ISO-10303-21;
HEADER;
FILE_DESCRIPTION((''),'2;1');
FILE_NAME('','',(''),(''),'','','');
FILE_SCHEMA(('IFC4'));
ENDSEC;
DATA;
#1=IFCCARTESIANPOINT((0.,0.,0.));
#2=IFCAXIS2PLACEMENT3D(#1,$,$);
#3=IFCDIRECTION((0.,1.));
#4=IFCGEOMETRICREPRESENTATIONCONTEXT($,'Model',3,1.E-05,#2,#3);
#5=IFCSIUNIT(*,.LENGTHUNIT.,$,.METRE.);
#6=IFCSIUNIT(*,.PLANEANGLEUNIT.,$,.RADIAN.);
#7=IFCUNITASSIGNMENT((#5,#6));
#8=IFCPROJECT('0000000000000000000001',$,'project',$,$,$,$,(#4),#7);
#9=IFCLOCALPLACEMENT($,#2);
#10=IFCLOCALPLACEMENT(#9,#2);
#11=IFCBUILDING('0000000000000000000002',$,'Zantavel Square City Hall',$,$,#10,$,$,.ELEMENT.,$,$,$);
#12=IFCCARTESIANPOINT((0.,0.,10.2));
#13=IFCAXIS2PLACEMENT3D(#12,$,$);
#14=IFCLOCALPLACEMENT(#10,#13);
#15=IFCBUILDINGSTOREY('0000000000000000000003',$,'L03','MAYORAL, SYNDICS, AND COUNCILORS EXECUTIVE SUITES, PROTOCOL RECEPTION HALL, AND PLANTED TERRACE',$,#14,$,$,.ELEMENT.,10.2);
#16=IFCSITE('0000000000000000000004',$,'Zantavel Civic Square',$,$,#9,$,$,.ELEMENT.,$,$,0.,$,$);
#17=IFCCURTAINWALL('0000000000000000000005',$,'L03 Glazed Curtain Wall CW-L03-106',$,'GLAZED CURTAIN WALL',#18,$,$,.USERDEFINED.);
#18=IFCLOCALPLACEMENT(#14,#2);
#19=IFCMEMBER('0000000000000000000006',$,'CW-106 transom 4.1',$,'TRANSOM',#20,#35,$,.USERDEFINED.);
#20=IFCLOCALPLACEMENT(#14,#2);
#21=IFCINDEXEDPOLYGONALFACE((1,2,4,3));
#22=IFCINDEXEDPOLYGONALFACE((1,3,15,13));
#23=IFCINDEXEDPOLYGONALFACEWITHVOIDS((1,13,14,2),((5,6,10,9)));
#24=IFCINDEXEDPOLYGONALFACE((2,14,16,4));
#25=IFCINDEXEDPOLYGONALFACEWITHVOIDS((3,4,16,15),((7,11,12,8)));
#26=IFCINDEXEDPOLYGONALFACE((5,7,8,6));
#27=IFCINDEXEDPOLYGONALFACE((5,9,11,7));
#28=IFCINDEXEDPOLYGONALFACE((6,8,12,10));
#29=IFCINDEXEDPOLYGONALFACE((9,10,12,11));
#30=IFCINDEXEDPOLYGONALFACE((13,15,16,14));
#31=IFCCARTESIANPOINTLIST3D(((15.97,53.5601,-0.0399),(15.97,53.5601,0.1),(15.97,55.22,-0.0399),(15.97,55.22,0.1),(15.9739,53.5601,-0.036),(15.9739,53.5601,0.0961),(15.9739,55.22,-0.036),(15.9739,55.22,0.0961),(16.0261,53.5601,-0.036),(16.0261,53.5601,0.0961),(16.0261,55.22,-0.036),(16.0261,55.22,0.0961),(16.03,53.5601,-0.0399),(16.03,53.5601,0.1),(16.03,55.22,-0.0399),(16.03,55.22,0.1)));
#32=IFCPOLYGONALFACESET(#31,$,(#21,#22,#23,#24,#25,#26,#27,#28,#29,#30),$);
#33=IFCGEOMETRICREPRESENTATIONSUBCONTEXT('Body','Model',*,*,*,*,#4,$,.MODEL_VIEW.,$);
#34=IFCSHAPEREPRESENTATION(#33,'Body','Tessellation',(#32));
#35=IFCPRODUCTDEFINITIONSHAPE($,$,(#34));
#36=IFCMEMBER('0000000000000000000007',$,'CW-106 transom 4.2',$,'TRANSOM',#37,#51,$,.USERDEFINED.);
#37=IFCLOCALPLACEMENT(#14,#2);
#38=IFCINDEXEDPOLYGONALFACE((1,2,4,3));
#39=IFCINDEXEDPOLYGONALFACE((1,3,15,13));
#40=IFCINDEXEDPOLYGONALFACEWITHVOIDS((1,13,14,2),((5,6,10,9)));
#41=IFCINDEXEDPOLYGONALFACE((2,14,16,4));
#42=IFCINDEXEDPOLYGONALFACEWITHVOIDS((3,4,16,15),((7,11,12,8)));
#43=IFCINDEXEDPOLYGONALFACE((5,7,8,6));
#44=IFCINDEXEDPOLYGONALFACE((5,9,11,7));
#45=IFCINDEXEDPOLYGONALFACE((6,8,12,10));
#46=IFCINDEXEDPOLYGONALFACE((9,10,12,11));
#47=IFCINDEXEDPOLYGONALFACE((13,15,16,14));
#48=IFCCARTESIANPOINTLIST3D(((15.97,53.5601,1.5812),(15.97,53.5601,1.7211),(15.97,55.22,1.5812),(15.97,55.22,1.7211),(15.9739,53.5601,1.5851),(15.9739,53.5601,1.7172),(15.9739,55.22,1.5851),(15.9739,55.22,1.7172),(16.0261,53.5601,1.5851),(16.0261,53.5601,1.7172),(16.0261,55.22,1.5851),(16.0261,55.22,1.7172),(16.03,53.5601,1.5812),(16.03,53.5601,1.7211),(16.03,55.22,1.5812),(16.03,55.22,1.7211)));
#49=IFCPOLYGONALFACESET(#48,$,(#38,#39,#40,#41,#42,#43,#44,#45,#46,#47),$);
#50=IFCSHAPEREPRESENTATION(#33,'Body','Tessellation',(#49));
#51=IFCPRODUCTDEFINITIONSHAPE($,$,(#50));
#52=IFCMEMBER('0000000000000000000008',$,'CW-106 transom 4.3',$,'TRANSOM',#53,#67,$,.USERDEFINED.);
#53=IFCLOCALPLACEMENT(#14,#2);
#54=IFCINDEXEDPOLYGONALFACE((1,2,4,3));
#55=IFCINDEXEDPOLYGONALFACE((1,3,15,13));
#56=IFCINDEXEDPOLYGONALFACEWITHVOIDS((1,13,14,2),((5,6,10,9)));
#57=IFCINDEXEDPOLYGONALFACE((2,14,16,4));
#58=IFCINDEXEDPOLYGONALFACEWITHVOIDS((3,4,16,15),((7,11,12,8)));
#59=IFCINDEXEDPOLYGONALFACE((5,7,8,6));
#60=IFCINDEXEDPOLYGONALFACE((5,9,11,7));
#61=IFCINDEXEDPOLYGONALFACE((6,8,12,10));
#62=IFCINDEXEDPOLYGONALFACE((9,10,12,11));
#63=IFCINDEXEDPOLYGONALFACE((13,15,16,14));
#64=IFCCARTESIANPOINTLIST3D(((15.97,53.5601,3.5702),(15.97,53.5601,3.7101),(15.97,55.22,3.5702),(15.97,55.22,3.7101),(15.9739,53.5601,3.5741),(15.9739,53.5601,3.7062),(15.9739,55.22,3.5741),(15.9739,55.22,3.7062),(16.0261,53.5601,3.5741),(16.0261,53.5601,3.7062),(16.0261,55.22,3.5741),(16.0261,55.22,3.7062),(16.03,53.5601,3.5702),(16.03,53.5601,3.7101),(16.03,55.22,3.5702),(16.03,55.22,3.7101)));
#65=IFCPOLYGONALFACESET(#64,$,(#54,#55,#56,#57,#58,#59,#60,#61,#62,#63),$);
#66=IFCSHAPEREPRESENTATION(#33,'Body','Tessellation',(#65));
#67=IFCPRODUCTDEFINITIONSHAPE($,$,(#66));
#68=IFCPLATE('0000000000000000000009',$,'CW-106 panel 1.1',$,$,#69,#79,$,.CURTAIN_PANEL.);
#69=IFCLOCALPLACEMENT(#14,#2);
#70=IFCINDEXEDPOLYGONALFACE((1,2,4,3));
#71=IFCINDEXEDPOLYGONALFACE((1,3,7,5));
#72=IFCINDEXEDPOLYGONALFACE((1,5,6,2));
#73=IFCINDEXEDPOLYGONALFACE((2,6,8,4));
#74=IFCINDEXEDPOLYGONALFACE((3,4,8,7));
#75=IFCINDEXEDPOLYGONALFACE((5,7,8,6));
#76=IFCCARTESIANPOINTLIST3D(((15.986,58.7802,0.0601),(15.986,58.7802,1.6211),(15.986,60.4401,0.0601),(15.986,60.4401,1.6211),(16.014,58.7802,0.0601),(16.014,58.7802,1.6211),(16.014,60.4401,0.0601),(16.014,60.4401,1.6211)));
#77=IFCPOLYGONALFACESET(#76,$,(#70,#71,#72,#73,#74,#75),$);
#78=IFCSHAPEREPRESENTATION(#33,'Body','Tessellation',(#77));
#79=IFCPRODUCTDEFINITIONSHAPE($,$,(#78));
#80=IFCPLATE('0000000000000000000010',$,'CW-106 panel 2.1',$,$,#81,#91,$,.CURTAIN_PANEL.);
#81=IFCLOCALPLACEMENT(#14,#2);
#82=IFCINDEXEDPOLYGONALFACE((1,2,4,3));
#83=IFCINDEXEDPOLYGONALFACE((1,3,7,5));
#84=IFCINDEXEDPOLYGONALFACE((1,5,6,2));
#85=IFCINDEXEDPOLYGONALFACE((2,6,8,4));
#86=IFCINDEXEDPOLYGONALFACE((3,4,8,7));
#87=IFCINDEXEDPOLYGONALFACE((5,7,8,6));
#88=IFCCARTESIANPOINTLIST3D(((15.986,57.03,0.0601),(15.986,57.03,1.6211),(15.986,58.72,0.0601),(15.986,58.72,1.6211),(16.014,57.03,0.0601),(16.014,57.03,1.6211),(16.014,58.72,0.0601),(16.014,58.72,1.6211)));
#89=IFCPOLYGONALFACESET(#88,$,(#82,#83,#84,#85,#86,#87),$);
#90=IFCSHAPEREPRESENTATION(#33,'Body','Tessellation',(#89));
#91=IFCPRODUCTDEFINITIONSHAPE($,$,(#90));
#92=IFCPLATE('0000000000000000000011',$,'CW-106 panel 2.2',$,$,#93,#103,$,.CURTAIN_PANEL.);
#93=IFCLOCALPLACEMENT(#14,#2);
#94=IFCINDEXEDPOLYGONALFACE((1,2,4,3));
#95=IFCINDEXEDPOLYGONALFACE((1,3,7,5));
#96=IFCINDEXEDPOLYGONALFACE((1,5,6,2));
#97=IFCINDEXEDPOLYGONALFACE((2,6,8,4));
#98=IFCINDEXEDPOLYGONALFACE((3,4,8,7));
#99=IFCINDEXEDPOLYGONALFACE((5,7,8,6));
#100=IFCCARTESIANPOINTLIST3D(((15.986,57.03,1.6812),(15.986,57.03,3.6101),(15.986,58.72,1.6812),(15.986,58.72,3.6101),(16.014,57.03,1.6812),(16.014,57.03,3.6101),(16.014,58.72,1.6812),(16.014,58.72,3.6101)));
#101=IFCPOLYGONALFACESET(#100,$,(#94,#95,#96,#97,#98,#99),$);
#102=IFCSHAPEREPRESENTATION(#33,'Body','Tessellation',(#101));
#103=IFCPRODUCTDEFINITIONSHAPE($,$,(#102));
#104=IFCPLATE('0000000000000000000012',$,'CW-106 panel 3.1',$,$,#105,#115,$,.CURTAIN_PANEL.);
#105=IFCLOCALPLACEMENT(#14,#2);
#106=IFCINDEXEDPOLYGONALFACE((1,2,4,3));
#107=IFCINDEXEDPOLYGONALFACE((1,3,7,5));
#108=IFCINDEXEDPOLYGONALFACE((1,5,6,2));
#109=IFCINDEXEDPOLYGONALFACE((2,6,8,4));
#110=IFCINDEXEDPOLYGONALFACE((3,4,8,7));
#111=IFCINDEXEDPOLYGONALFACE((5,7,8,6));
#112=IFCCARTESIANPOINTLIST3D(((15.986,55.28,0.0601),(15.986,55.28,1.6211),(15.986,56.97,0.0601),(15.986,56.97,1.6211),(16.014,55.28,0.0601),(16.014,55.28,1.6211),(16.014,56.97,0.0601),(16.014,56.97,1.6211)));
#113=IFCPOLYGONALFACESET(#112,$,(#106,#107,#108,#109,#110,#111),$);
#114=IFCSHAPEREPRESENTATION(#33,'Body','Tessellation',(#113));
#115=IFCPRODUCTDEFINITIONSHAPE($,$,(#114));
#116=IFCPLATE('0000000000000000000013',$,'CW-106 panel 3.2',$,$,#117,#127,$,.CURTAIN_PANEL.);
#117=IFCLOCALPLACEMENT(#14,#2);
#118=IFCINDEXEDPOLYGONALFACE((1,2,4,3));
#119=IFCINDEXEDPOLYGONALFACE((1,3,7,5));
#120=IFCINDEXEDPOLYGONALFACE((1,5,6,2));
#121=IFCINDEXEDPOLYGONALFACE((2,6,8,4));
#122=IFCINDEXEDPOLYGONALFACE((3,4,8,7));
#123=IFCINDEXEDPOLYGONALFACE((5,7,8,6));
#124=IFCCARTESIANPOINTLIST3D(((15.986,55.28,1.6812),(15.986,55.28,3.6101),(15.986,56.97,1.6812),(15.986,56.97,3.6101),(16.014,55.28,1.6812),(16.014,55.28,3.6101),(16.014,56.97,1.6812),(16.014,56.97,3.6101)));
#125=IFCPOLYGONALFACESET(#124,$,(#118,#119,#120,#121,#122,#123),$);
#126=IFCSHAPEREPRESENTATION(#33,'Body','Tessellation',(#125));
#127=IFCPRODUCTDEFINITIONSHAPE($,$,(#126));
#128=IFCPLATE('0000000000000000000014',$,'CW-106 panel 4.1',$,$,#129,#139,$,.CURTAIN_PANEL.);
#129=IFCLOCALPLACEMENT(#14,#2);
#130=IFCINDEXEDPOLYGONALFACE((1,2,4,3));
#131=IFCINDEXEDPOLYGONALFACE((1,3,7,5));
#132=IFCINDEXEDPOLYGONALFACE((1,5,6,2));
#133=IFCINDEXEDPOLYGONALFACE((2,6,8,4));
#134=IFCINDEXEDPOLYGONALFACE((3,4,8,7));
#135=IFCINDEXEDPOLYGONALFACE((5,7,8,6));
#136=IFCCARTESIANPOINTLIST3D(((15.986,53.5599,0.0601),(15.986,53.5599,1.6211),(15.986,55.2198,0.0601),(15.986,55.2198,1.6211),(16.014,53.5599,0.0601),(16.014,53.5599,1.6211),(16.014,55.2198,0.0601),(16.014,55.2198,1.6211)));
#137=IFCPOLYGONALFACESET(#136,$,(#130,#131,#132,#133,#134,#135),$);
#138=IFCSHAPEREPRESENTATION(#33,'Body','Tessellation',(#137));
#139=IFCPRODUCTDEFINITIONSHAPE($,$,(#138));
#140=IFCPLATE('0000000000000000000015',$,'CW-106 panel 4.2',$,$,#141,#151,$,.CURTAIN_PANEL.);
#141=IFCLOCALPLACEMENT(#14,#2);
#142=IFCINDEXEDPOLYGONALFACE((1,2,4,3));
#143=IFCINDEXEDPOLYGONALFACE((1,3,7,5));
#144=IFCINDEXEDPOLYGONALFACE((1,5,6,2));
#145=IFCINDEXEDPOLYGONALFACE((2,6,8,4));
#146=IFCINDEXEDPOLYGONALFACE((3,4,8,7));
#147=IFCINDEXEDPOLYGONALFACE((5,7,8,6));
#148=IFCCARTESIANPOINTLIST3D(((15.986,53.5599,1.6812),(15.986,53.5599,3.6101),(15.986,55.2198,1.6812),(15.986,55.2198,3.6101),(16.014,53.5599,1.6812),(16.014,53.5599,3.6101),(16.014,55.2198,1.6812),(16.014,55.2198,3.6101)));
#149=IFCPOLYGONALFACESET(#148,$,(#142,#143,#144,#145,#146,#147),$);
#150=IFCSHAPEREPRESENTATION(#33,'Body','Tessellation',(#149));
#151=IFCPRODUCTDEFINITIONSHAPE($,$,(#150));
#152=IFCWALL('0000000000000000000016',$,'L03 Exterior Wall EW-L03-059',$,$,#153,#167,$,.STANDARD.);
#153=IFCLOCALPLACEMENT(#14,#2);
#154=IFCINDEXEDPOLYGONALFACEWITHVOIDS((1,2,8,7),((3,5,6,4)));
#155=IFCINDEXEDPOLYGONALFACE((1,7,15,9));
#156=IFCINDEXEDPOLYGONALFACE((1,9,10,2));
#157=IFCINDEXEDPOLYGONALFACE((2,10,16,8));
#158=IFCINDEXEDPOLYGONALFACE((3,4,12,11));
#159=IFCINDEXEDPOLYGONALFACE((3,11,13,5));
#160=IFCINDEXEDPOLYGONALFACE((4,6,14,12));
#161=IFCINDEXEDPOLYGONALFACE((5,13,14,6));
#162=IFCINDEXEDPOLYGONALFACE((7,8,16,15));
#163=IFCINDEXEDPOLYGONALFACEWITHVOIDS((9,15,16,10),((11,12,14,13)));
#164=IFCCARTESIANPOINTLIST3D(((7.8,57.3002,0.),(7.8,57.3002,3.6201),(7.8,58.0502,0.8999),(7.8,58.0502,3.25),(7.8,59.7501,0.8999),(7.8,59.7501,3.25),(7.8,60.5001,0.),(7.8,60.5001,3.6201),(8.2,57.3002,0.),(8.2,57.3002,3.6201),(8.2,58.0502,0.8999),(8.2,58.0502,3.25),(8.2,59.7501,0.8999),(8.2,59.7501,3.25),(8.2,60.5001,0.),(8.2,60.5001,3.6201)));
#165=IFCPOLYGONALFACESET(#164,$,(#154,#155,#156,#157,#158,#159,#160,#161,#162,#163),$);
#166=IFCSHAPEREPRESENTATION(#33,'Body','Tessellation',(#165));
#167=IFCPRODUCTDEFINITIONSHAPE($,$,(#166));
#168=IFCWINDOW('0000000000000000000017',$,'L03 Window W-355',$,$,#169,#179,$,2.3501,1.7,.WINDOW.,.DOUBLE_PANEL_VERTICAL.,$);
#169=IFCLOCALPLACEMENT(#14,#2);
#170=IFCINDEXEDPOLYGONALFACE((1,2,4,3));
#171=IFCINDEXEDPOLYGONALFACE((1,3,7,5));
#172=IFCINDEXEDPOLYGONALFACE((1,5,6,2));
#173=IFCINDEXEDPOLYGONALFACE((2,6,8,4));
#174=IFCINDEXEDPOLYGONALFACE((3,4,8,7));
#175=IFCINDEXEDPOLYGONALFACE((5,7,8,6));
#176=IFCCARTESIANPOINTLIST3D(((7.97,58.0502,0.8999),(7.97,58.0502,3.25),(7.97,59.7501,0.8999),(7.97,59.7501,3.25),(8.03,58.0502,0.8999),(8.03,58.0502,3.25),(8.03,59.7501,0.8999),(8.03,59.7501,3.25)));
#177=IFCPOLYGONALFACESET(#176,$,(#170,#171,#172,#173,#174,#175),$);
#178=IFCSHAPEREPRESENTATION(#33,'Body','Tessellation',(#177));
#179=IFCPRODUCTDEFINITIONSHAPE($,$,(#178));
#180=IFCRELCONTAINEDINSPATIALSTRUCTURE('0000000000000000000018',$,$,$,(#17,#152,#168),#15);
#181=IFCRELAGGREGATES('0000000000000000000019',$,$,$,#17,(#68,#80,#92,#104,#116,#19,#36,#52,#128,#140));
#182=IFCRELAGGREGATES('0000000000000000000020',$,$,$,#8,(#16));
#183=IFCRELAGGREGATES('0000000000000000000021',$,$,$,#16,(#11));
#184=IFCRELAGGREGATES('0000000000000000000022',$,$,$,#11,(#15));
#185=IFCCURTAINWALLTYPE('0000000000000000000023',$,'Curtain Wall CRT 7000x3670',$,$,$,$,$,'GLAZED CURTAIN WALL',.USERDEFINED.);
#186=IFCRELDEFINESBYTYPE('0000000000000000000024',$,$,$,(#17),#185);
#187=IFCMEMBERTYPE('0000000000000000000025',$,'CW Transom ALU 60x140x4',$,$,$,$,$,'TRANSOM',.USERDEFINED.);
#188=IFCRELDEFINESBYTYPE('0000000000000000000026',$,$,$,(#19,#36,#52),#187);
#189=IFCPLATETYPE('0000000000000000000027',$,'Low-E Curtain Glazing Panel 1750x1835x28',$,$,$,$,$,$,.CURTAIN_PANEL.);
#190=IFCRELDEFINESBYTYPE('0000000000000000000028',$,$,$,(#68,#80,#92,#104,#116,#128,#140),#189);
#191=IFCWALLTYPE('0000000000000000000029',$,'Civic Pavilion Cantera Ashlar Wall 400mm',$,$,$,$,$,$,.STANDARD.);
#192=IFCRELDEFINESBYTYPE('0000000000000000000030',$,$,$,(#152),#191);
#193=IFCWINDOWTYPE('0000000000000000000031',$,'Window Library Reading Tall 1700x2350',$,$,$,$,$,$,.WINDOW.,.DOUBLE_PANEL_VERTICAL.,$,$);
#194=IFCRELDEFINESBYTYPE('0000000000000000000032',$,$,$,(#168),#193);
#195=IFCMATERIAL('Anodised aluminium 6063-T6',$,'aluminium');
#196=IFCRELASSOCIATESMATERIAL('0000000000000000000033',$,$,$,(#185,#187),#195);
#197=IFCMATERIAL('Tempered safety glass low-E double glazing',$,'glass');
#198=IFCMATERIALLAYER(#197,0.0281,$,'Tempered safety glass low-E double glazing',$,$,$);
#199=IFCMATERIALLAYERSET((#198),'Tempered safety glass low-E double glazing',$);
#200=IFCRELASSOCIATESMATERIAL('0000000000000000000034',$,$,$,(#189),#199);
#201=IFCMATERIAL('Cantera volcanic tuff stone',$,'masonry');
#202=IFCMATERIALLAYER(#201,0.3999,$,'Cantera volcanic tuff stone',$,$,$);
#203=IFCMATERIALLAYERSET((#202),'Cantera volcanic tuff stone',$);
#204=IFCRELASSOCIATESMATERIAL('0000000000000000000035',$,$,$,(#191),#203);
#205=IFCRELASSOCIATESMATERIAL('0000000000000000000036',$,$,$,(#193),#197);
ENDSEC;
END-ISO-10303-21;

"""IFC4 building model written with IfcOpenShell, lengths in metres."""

from ifc_helpers import new_model, si_unit, direction, frame, frame_2d, origin, origin_2d, place, context, subcontext, project, spatial, rectangle, hollow_rectangle, extrude, material, layer, layer_set, material_profile, profile_set, type_object, element, fill, aggregate, save


model = new_model("IFC4")

# Units and contexts
model_context = context("Model", 3, precision=1e-05, world=origin(), true_north=direction((0.0, 1.0)))
body_context = subcontext(model_context, "Body", "Model", "MODEL_VIEW")
ifc_project = project(units=[si_unit("LENGTHUNIT", "METRE"), si_unit("PLANEANGLEUNIT", "RADIAN")], contexts=[model_context])

# Site, building, storey
site_placement = place(None, origin())
site = spatial("IfcSite", under=ifc_project, at=site_placement, Name="Zantavel Civic Square", CompositionType="ELEMENT", RefElevation=0.0)
building_placement = place(site_placement, origin())
building = spatial("IfcBuilding", under=site, at=building_placement, Name="Zantavel Square City Hall", CompositionType="ELEMENT")
storey_placement = place(building_placement, frame((0.0, 0.0, 10.2)))
storey = spatial("IfcBuildingStorey", under=building, at=storey_placement, Name="L03", Description="MAYORAL, SYNDICS, AND COUNCILORS EXECUTIVE SUITES, PROTOCOL RECEPTION HALL, AND PLANTED TERRACE", CompositionType="ELEMENT", Elevation=10.2)

# Curtain wall, members, plates
ifc_material_1 = material(Name="Anodised aluminium 6063-T6", Category="aluminium")
curtain_wall_type = type_object("IfcCurtainWallType", Name="Curtain Wall CRT 7000x3670", ElementType="GLAZED CURTAIN WALL", PredefinedType="USERDEFINED", material=ifc_material_1)
curtain_wall_placement = place(storey_placement, origin())
curtain_wall = element("IfcCurtainWall", 1, at=curtain_wall_placement, inside=storey, type_object=curtain_wall_type, Name="L03 Glazed Curtain Wall CW-L03-106", ObjectType="GLAZED CURTAIN WALL", PredefinedType="USERDEFINED")
ifc_material_profile_1 = material_profile(ifc_material_1, hollow_rectangle(XDim=0.0601, YDim=0.1399, WallThickness=0.0039, at=origin_2d()), Name="ALU 60x140x4")
ifc_profile_set_1 = profile_set([ifc_material_profile_1], Name="Anodised aluminium 6063-T6")
member_type_1 = type_object("IfcMemberType", Name="CW Transom ALU 60x140x4", ElementType="TRANSOM", PredefinedType="USERDEFINED", material=ifc_profile_set_1)
member_1_placement = place(storey_placement, frame((16.0, 55.22, 0.03), z_axis=(0.0, -1.0, 0.0), x_axis=(1.0, 0.0, 0.0)))
member_1 = element("IfcMember", 2, at=member_1_placement, type_object=member_type_1, Name="CW-106 transom 4.1", ObjectType="TRANSOM", PredefinedType="USERDEFINED", context=body_context, shape_type="SweptSolid", body=[
    extrude(hollow_rectangle(XDim=0.0601, YDim=0.1399, WallThickness=0.0039, at=origin_2d()), origin(), (0.0, 0.0, 1.0), 1.6599),
])
member_2_placement = place(storey_placement, frame((16.0, 55.22, 1.6511), z_axis=(0.0, -1.0, 0.0), x_axis=(1.0, 0.0, 0.0)))
member_2 = element("IfcMember", 3, at=member_2_placement, type_object=member_type_1, Name="CW-106 transom 4.2", ObjectType="TRANSOM", PredefinedType="USERDEFINED", context=body_context, shape_type="SweptSolid", body=[
    extrude(hollow_rectangle(XDim=0.0601, YDim=0.1399, WallThickness=0.0039, at=origin_2d()), origin(), (0.0, 0.0, 1.0), 1.6599),
])
member_3_placement = place(storey_placement, frame((16.0, 55.22, 3.6401), z_axis=(0.0, -1.0, 0.0), x_axis=(1.0, 0.0, 0.0)))
member_3 = element("IfcMember", 4, at=member_3_placement, type_object=member_type_1, Name="CW-106 transom 4.3", ObjectType="TRANSOM", PredefinedType="USERDEFINED", context=body_context, shape_type="SweptSolid", body=[
    extrude(hollow_rectangle(XDim=0.0601, YDim=0.1399, WallThickness=0.0039, at=origin_2d()), origin(), (0.0, 0.0, 1.0), 1.6599),
])
ifc_material_2 = material(Name="Tempered safety glass low-E double glazing", Category="glass")
ifc_layer_1 = layer(ifc_material_2, 0.0281, Name="Tempered safety glass low-E double glazing")
ifc_layer_set_1 = layer_set([ifc_layer_1], Name="Tempered safety glass low-E double glazing")
plate_type = type_object("IfcPlateType", Name="Low-E Curtain Glazing Panel 1750x1835x28", PredefinedType="CURTAIN_PANEL", material=ifc_layer_set_1)
plate_1_placement = place(storey_placement, frame((16.0, 59.6101, 0.0601), z_axis=(0.0, 0.0, 1.0), x_axis=(0.0, -1.0, 0.0)))
plate_1 = element("IfcPlate", 5, at=plate_1_placement, type_object=plate_type, Name="CW-106 panel 1.1", PredefinedType="CURTAIN_PANEL", context=body_context, shape_type="SweptSolid", body=[
    extrude(rectangle(XDim=1.6599, YDim=0.0281, at=origin_2d()), origin(), (0.0, 0.0, 1.0), 1.561),
])
plate_2_placement = place(storey_placement, frame((16.0, 57.875, 0.0601), z_axis=(0.0, 0.0, 1.0), x_axis=(0.0, -1.0, 0.0)))
plate_2 = element("IfcPlate", 6, at=plate_2_placement, type_object=plate_type, Name="CW-106 panel 2.1", PredefinedType="CURTAIN_PANEL", context=body_context, shape_type="SweptSolid", body=[
    extrude(rectangle(XDim=1.6899, YDim=0.0281, at=origin_2d()), origin(), (0.0, 0.0, 1.0), 1.561),
])
plate_3_placement = place(storey_placement, frame((16.0, 57.875, 1.6812), z_axis=(0.0, 0.0, 1.0), x_axis=(0.0, -1.0, 0.0)))
plate_3 = element("IfcPlate", 7, at=plate_3_placement, type_object=plate_type, Name="CW-106 panel 2.2", PredefinedType="CURTAIN_PANEL", context=body_context, shape_type="SweptSolid", body=[
    extrude(rectangle(XDim=1.6899, YDim=0.0281, at=origin_2d()), origin(), (0.0, 0.0, 1.0), 1.929),
])
plate_4_placement = place(storey_placement, frame((16.0, 56.125, 0.0601), z_axis=(0.0, 0.0, 1.0), x_axis=(0.0, -1.0, 0.0)))
plate_4 = element("IfcPlate", 8, at=plate_4_placement, type_object=plate_type, Name="CW-106 panel 3.1", PredefinedType="CURTAIN_PANEL", context=body_context, shape_type="SweptSolid", body=[
    extrude(rectangle(XDim=1.6899, YDim=0.0281, at=origin_2d()), origin(), (0.0, 0.0, 1.0), 1.561),
])
plate_5_placement = place(storey_placement, frame((16.0, 56.125, 1.6812), z_axis=(0.0, 0.0, 1.0), x_axis=(0.0, -1.0, 0.0)))
plate_5 = element("IfcPlate", 9, at=plate_5_placement, type_object=plate_type, Name="CW-106 panel 3.2", PredefinedType="CURTAIN_PANEL", context=body_context, shape_type="SweptSolid", body=[
    extrude(rectangle(XDim=1.6899, YDim=0.0281, at=origin_2d()), origin(), (0.0, 0.0, 1.0), 1.929),
])
plate_6_placement = place(storey_placement, frame((16.0, 54.3899, 0.0601), z_axis=(0.0, 0.0, 1.0), x_axis=(0.0, -1.0, 0.0)))
plate_6 = element("IfcPlate", 10, at=plate_6_placement, type_object=plate_type, Name="CW-106 panel 4.1", PredefinedType="CURTAIN_PANEL", context=body_context, shape_type="SweptSolid", body=[
    extrude(rectangle(XDim=1.6599, YDim=0.0281, at=origin_2d()), origin(), (0.0, 0.0, 1.0), 1.561),
])
plate_7_placement = place(storey_placement, frame((16.0, 54.3899, 1.6812), z_axis=(0.0, 0.0, 1.0), x_axis=(0.0, -1.0, 0.0)))
plate_7 = element("IfcPlate", 11, at=plate_7_placement, type_object=plate_type, Name="CW-106 panel 4.2", PredefinedType="CURTAIN_PANEL", context=body_context, shape_type="SweptSolid", body=[
    extrude(rectangle(XDim=1.6599, YDim=0.0281, at=origin_2d()), origin(), (0.0, 0.0, 1.0), 1.929),
])
aggregate(curtain_wall, [plate_1, plate_2, plate_3, plate_4, plate_5, member_1, member_2, member_3, plate_6, plate_7])

# Wall, opening, window
ifc_material_3 = material(Name="Cantera volcanic tuff stone", Category="masonry")
ifc_layer_2 = layer(ifc_material_3, 0.3999, Name="Cantera volcanic tuff stone")
ifc_layer_set_2 = layer_set([ifc_layer_2], Name="Cantera volcanic tuff stone")
wall_type_1 = type_object("IfcWallType", Name="Civic Pavilion Cantera Ashlar Wall 400mm", PredefinedType="STANDARD", material=ifc_layer_set_2)
wall_1_placement = place(storey_placement, frame((8.0, 57.3, 0.0), z_axis=(0.0, 0.0, 1.0), x_axis=(0.0, 1.0, 0.0)))
wall_1 = element("IfcWall", 12, at=wall_1_placement, inside=storey, type_object=wall_type_1, Name="L03 Exterior Wall EW-L03-059", PredefinedType="STANDARD", context=body_context, shape_type="SweptSolid", body=[
    extrude(rectangle(XDim=3.2, YDim=0.3999, at=frame_2d((1.6001, 0.0))), origin(), (0.0, 0.0, 1.0), 3.6201),
])
opening_placement = place(wall_1_placement, frame((0.75, 0.0, 0.8999)))
opening = element("IfcOpeningElement", 13, at=opening_placement, cuts=wall_1, PredefinedType="OPENING", context=body_context, shape_type="SweptSolid", body=[
    extrude(rectangle(XDim=1.7, YDim=2.3501, at=frame_2d((0.8501, 1.175))), frame((0.0, 0.21, 0.0), z_axis=(0.0, -1.0, 0.0), x_axis=(1.0, 0.0, 0.0)), (0.0, 0.0, 1.0), 0.4199),
])
window_type = type_object("IfcWindowType", Name="Window Library Reading Tall 1700x2350", PartitioningType="DOUBLE_PANEL_VERTICAL", PredefinedType="WINDOW", material=ifc_material_2)
window_placement = place(opening_placement, origin())
window = element("IfcWindow", 14, at=window_placement, inside=storey, type_object=window_type, Name="L03 Window W-355", OverallHeight=2.3501, OverallWidth=1.7, PartitioningType="DOUBLE_PANEL_VERTICAL", PredefinedType="WINDOW", context=body_context, shape_type="SweptSolid", body=[
    extrude(rectangle(XDim=1.7, YDim=2.3501, at=frame_2d((0.8501, 1.175))), frame((0.0, 0.03, 0.0), z_axis=(0.0, -1.0, 0.0), x_axis=(1.0, 0.0, 0.0)), (0.0, 0.0, 1.0), 0.0601),
])
fill(opening, window)

save(model, "model.ifc")
